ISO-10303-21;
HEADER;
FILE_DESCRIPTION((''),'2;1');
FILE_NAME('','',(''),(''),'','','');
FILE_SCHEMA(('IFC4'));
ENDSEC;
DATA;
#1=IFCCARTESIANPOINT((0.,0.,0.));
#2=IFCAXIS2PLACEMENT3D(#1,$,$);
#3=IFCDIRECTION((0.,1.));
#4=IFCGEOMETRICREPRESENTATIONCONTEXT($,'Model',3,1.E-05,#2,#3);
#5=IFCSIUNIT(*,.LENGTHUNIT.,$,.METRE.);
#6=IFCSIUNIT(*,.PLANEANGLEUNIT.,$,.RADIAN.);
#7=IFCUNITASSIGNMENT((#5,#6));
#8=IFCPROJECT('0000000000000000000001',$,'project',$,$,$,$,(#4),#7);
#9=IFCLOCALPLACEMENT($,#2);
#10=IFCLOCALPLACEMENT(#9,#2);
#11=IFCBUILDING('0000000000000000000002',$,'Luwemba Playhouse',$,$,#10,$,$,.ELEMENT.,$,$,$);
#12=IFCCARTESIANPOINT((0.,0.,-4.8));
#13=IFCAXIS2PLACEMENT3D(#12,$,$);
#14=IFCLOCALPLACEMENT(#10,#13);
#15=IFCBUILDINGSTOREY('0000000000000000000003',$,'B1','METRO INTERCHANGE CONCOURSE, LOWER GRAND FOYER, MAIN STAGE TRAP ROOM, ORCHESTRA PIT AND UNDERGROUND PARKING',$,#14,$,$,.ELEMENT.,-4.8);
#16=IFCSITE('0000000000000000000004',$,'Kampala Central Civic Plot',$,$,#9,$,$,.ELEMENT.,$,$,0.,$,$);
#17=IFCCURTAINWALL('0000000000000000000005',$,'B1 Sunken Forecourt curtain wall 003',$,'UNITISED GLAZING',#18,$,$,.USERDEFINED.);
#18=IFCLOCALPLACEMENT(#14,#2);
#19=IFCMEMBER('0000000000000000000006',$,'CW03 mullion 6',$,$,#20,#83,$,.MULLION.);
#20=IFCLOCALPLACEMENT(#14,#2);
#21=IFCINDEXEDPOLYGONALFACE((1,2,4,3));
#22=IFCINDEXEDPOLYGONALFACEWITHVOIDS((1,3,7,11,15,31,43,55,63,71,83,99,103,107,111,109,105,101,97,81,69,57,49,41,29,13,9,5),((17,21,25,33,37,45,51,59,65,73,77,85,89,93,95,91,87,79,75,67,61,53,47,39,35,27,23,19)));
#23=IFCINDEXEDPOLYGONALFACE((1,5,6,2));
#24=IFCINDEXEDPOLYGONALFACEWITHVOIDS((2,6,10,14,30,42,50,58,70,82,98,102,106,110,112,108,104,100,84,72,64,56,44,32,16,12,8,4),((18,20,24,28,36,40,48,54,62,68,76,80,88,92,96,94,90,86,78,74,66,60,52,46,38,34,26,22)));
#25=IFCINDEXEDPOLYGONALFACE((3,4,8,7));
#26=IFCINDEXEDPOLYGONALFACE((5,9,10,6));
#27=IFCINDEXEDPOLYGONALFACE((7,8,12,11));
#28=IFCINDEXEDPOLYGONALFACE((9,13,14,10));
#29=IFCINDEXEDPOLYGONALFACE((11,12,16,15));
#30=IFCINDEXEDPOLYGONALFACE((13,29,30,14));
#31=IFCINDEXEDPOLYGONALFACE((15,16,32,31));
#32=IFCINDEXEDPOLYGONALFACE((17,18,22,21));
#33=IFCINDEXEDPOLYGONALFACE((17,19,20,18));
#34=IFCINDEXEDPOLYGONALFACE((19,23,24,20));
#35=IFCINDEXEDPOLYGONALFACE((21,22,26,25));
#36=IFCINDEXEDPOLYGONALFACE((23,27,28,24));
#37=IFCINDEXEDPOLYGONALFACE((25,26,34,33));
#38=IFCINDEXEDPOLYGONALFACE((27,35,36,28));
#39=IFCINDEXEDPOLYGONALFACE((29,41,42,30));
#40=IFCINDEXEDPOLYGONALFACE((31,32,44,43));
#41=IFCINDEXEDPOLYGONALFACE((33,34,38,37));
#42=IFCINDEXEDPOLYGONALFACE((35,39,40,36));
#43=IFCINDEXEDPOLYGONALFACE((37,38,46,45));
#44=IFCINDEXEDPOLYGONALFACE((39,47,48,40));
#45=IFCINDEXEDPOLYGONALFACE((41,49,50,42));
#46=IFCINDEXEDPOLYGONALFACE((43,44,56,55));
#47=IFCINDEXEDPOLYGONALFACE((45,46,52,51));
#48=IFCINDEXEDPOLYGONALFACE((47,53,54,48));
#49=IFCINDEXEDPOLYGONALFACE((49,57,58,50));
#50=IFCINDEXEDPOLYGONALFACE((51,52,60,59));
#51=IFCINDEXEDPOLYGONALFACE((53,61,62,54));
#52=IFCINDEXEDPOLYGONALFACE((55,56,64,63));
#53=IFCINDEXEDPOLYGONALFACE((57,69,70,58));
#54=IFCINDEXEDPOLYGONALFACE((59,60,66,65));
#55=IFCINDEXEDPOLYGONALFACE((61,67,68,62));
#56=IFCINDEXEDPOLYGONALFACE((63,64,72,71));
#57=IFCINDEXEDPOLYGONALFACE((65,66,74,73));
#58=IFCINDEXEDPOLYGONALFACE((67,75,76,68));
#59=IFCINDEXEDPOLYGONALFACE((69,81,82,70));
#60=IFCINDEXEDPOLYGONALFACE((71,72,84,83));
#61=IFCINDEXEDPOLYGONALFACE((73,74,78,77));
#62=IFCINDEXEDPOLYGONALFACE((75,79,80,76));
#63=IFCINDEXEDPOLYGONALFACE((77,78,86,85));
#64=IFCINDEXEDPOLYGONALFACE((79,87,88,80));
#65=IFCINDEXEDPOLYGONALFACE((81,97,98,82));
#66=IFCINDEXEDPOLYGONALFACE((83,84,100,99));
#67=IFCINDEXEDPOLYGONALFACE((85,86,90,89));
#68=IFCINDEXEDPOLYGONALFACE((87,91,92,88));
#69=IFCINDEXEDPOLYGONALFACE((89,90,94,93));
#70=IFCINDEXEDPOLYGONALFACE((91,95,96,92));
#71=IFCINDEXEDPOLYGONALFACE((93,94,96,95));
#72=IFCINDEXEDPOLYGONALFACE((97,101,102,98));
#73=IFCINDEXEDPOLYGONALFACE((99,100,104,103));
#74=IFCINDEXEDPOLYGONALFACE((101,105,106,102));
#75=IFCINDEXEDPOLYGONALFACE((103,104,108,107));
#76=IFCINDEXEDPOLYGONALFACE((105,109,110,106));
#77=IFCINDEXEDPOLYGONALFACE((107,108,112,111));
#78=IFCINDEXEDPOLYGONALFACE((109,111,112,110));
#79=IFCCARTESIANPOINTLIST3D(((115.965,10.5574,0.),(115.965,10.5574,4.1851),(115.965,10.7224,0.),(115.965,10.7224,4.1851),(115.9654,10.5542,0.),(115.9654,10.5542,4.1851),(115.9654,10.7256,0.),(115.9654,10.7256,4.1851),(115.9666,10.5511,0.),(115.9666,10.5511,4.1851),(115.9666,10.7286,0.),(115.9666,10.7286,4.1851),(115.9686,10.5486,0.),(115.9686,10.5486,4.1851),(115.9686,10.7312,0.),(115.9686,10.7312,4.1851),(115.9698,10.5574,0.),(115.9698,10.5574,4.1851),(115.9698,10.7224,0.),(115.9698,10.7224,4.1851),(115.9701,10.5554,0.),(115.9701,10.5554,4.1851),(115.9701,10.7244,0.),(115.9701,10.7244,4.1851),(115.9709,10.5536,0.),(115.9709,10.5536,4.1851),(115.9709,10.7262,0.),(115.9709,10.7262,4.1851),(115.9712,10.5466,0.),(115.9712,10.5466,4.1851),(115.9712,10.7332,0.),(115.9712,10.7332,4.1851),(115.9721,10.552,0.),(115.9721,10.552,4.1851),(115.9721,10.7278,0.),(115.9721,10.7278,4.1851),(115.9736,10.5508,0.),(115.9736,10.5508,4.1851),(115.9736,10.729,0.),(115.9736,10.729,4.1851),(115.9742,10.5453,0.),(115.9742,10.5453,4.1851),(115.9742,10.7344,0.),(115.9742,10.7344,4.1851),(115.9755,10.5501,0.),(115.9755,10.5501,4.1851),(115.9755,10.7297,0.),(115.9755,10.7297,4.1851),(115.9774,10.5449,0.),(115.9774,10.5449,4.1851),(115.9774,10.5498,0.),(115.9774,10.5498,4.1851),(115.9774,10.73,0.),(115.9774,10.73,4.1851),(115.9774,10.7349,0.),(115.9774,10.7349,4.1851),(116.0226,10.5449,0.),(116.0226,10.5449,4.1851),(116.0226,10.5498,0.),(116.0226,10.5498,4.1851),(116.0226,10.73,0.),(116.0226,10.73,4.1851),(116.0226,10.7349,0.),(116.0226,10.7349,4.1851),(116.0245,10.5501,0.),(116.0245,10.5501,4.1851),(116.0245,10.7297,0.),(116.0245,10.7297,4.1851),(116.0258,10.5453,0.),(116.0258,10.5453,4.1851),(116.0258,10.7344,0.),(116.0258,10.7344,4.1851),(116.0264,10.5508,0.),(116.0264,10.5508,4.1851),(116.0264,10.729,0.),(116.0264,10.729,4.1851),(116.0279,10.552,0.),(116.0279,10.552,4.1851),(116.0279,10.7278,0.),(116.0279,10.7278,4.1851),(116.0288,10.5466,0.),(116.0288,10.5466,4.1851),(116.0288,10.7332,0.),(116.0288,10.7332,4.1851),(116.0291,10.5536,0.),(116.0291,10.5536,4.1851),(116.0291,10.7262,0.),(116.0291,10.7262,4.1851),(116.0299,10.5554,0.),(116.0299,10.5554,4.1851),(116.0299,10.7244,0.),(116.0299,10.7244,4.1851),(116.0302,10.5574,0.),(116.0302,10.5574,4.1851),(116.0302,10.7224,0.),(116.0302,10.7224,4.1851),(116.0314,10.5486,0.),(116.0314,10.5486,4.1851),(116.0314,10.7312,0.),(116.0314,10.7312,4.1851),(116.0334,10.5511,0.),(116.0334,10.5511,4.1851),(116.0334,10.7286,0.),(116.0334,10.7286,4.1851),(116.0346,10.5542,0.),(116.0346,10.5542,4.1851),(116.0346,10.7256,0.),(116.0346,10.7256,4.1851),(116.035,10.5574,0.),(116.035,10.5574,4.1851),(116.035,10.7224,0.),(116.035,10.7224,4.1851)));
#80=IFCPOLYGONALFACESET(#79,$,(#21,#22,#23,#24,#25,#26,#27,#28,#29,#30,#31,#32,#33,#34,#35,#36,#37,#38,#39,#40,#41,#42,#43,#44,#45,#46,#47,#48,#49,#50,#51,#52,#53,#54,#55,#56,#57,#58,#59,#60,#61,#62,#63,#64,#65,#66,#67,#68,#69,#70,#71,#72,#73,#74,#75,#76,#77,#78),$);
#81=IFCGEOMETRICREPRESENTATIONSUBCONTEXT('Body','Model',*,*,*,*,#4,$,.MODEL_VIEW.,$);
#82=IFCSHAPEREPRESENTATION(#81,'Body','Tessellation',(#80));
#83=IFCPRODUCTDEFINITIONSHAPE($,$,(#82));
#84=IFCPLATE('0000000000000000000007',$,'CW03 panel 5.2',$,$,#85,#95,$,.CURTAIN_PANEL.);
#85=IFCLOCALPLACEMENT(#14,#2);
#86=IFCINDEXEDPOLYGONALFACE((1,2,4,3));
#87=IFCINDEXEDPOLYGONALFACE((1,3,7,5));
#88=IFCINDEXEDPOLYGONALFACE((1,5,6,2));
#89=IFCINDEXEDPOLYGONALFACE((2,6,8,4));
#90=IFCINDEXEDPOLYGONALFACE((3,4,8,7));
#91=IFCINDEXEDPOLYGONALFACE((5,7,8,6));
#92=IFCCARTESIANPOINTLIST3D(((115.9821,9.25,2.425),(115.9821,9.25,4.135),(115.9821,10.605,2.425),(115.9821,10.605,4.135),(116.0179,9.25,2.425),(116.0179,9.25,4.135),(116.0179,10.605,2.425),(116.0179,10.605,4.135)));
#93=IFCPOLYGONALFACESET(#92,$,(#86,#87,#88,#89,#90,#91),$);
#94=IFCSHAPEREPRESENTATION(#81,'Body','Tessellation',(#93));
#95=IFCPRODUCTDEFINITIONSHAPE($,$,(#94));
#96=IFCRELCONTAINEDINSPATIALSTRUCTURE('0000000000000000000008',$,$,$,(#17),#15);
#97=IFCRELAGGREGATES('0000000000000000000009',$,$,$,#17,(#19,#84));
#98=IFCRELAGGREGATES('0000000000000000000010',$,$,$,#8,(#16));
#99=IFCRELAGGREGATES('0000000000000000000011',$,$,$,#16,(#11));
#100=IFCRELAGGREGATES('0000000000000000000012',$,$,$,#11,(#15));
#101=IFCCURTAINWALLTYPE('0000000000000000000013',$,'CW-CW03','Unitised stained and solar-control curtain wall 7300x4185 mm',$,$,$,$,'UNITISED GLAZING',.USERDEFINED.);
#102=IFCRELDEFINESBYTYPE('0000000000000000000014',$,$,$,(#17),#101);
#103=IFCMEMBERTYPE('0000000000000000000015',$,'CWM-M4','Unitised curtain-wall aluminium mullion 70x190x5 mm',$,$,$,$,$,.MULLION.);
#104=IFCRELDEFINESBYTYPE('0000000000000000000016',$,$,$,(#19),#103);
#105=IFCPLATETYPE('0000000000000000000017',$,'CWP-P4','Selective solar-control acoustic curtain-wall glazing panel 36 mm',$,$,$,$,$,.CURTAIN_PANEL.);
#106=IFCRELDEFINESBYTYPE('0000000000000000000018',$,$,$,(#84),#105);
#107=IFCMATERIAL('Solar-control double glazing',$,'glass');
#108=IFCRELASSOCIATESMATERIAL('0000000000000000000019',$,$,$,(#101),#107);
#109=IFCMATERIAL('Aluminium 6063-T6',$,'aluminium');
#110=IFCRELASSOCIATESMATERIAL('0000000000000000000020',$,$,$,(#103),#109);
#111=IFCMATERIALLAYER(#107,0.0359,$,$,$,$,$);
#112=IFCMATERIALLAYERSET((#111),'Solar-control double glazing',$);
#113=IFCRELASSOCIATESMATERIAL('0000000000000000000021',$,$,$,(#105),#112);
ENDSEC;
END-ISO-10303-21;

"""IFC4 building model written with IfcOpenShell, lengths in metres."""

from ifc_helpers import new_model, si_unit, direction, frame, origin, origin_2d, place, context, subcontext, project, spatial, rectangle, hollow_rectangle, extrude, material, layer, layer_set, material_profile, profile_set, type_object, element, aggregate, save


model = new_model("IFC4")

# Units and contexts
model_context = context("Model", 3, precision=1e-05, world=origin(), true_north=direction((0.0, 1.0)))
body_context = subcontext(model_context, "Body", "Model", "MODEL_VIEW")
ifc_project = project(units=[si_unit("LENGTHUNIT", "METRE"), si_unit("PLANEANGLEUNIT", "RADIAN")], contexts=[model_context])

# Site, building, storey
site_placement = place(None, origin())
site = spatial("IfcSite", under=ifc_project, at=site_placement, Name="Kampala Central Civic Plot", CompositionType="ELEMENT", RefElevation=0.0)
building_placement = place(site_placement, origin())
building = spatial("IfcBuilding", under=site, at=building_placement, Name="Luwemba Playhouse", CompositionType="ELEMENT")
storey_placement = place(building_placement, frame((0.0, 0.0, -4.8)))
storey = spatial("IfcBuildingStorey", under=building, at=storey_placement, Name="B1", Description="METRO INTERCHANGE CONCOURSE, LOWER GRAND FOYER, MAIN STAGE TRAP ROOM, ORCHESTRA PIT AND UNDERGROUND PARKING", CompositionType="ELEMENT", Elevation=-4.8)

# Curtain wall, member, plate
ifc_material_1 = material(Name="Solar-control double glazing", Category="glass")
curtain_wall_type = type_object("IfcCurtainWallType", Name="CW-CW03", Description="Unitised stained and solar-control curtain wall 7300x4185 mm", ElementType="UNITISED GLAZING", PredefinedType="USERDEFINED", material=ifc_material_1)
curtain_wall_placement = place(storey_placement, origin())
curtain_wall = element("IfcCurtainWall", 1, at=curtain_wall_placement, inside=storey, type_object=curtain_wall_type, Name="B1 Sunken Forecourt curtain wall 003", ObjectType="UNITISED GLAZING", PredefinedType="USERDEFINED")
ifc_material_2 = material(Name="Aluminium 6063-T6", Category="aluminium")
ifc_material_profile_1 = material_profile(ifc_material_2, hollow_rectangle(XDim=0.0701, YDim=0.1899, WallThickness=0.0049, InnerFilletRadius=0.0076, OuterFilletRadius=0.0125, at=origin_2d()))
ifc_profile_set_1 = profile_set([ifc_material_profile_1], Name="Aluminium 6063-T6")
member_type = type_object("IfcMemberType", Name="CWM-M4", Description="Unitised curtain-wall aluminium mullion 70x190x5 mm", PredefinedType="MULLION", material=ifc_profile_set_1)
member_placement = place(storey_placement, frame((116.0, 10.6399, 0.0), z_axis=(0.0, 0.0, 1.0), x_axis=(-1.0, 0.0, 0.0)))
member = element("IfcMember", 2, at=member_placement, type_object=member_type, Name="CW03 mullion 6", PredefinedType="MULLION", context=body_context, shape_type="SweptSolid", body=[
    extrude(hollow_rectangle(XDim=0.0701, YDim=0.1899, WallThickness=0.0049, InnerFilletRadius=0.0076, OuterFilletRadius=0.0125, at=origin_2d()), origin(), (0.0, 0.0, 1.0), 4.1851),
])
ifc_layer_1 = layer(ifc_material_1, 0.0359)
ifc_layer_set_1 = layer_set([ifc_layer_1], Name="Solar-control double glazing")
plate_type = type_object("IfcPlateType", Name="CWP-P4", Description="Selective solar-control acoustic curtain-wall glazing panel 36 mm", PredefinedType="CURTAIN_PANEL", material=ifc_layer_set_1)
plate_placement = place(storey_placement, frame((116.0, 9.9275, 2.425), z_axis=(0.0, 0.0, 1.0), x_axis=(0.0, 1.0, 0.0)))
plate = element("IfcPlate", 3, at=plate_placement, type_object=plate_type, Name="CW03 panel 5.2", PredefinedType="CURTAIN_PANEL", context=body_context, shape_type="SweptSolid", body=[
    extrude(rectangle(XDim=1.355, YDim=0.0359, at=origin_2d()), origin(), (0.0, 0.0, 1.0), 1.71),
])
aggregate(curtain_wall, [member, plate])

save(model, "model.ifc")
